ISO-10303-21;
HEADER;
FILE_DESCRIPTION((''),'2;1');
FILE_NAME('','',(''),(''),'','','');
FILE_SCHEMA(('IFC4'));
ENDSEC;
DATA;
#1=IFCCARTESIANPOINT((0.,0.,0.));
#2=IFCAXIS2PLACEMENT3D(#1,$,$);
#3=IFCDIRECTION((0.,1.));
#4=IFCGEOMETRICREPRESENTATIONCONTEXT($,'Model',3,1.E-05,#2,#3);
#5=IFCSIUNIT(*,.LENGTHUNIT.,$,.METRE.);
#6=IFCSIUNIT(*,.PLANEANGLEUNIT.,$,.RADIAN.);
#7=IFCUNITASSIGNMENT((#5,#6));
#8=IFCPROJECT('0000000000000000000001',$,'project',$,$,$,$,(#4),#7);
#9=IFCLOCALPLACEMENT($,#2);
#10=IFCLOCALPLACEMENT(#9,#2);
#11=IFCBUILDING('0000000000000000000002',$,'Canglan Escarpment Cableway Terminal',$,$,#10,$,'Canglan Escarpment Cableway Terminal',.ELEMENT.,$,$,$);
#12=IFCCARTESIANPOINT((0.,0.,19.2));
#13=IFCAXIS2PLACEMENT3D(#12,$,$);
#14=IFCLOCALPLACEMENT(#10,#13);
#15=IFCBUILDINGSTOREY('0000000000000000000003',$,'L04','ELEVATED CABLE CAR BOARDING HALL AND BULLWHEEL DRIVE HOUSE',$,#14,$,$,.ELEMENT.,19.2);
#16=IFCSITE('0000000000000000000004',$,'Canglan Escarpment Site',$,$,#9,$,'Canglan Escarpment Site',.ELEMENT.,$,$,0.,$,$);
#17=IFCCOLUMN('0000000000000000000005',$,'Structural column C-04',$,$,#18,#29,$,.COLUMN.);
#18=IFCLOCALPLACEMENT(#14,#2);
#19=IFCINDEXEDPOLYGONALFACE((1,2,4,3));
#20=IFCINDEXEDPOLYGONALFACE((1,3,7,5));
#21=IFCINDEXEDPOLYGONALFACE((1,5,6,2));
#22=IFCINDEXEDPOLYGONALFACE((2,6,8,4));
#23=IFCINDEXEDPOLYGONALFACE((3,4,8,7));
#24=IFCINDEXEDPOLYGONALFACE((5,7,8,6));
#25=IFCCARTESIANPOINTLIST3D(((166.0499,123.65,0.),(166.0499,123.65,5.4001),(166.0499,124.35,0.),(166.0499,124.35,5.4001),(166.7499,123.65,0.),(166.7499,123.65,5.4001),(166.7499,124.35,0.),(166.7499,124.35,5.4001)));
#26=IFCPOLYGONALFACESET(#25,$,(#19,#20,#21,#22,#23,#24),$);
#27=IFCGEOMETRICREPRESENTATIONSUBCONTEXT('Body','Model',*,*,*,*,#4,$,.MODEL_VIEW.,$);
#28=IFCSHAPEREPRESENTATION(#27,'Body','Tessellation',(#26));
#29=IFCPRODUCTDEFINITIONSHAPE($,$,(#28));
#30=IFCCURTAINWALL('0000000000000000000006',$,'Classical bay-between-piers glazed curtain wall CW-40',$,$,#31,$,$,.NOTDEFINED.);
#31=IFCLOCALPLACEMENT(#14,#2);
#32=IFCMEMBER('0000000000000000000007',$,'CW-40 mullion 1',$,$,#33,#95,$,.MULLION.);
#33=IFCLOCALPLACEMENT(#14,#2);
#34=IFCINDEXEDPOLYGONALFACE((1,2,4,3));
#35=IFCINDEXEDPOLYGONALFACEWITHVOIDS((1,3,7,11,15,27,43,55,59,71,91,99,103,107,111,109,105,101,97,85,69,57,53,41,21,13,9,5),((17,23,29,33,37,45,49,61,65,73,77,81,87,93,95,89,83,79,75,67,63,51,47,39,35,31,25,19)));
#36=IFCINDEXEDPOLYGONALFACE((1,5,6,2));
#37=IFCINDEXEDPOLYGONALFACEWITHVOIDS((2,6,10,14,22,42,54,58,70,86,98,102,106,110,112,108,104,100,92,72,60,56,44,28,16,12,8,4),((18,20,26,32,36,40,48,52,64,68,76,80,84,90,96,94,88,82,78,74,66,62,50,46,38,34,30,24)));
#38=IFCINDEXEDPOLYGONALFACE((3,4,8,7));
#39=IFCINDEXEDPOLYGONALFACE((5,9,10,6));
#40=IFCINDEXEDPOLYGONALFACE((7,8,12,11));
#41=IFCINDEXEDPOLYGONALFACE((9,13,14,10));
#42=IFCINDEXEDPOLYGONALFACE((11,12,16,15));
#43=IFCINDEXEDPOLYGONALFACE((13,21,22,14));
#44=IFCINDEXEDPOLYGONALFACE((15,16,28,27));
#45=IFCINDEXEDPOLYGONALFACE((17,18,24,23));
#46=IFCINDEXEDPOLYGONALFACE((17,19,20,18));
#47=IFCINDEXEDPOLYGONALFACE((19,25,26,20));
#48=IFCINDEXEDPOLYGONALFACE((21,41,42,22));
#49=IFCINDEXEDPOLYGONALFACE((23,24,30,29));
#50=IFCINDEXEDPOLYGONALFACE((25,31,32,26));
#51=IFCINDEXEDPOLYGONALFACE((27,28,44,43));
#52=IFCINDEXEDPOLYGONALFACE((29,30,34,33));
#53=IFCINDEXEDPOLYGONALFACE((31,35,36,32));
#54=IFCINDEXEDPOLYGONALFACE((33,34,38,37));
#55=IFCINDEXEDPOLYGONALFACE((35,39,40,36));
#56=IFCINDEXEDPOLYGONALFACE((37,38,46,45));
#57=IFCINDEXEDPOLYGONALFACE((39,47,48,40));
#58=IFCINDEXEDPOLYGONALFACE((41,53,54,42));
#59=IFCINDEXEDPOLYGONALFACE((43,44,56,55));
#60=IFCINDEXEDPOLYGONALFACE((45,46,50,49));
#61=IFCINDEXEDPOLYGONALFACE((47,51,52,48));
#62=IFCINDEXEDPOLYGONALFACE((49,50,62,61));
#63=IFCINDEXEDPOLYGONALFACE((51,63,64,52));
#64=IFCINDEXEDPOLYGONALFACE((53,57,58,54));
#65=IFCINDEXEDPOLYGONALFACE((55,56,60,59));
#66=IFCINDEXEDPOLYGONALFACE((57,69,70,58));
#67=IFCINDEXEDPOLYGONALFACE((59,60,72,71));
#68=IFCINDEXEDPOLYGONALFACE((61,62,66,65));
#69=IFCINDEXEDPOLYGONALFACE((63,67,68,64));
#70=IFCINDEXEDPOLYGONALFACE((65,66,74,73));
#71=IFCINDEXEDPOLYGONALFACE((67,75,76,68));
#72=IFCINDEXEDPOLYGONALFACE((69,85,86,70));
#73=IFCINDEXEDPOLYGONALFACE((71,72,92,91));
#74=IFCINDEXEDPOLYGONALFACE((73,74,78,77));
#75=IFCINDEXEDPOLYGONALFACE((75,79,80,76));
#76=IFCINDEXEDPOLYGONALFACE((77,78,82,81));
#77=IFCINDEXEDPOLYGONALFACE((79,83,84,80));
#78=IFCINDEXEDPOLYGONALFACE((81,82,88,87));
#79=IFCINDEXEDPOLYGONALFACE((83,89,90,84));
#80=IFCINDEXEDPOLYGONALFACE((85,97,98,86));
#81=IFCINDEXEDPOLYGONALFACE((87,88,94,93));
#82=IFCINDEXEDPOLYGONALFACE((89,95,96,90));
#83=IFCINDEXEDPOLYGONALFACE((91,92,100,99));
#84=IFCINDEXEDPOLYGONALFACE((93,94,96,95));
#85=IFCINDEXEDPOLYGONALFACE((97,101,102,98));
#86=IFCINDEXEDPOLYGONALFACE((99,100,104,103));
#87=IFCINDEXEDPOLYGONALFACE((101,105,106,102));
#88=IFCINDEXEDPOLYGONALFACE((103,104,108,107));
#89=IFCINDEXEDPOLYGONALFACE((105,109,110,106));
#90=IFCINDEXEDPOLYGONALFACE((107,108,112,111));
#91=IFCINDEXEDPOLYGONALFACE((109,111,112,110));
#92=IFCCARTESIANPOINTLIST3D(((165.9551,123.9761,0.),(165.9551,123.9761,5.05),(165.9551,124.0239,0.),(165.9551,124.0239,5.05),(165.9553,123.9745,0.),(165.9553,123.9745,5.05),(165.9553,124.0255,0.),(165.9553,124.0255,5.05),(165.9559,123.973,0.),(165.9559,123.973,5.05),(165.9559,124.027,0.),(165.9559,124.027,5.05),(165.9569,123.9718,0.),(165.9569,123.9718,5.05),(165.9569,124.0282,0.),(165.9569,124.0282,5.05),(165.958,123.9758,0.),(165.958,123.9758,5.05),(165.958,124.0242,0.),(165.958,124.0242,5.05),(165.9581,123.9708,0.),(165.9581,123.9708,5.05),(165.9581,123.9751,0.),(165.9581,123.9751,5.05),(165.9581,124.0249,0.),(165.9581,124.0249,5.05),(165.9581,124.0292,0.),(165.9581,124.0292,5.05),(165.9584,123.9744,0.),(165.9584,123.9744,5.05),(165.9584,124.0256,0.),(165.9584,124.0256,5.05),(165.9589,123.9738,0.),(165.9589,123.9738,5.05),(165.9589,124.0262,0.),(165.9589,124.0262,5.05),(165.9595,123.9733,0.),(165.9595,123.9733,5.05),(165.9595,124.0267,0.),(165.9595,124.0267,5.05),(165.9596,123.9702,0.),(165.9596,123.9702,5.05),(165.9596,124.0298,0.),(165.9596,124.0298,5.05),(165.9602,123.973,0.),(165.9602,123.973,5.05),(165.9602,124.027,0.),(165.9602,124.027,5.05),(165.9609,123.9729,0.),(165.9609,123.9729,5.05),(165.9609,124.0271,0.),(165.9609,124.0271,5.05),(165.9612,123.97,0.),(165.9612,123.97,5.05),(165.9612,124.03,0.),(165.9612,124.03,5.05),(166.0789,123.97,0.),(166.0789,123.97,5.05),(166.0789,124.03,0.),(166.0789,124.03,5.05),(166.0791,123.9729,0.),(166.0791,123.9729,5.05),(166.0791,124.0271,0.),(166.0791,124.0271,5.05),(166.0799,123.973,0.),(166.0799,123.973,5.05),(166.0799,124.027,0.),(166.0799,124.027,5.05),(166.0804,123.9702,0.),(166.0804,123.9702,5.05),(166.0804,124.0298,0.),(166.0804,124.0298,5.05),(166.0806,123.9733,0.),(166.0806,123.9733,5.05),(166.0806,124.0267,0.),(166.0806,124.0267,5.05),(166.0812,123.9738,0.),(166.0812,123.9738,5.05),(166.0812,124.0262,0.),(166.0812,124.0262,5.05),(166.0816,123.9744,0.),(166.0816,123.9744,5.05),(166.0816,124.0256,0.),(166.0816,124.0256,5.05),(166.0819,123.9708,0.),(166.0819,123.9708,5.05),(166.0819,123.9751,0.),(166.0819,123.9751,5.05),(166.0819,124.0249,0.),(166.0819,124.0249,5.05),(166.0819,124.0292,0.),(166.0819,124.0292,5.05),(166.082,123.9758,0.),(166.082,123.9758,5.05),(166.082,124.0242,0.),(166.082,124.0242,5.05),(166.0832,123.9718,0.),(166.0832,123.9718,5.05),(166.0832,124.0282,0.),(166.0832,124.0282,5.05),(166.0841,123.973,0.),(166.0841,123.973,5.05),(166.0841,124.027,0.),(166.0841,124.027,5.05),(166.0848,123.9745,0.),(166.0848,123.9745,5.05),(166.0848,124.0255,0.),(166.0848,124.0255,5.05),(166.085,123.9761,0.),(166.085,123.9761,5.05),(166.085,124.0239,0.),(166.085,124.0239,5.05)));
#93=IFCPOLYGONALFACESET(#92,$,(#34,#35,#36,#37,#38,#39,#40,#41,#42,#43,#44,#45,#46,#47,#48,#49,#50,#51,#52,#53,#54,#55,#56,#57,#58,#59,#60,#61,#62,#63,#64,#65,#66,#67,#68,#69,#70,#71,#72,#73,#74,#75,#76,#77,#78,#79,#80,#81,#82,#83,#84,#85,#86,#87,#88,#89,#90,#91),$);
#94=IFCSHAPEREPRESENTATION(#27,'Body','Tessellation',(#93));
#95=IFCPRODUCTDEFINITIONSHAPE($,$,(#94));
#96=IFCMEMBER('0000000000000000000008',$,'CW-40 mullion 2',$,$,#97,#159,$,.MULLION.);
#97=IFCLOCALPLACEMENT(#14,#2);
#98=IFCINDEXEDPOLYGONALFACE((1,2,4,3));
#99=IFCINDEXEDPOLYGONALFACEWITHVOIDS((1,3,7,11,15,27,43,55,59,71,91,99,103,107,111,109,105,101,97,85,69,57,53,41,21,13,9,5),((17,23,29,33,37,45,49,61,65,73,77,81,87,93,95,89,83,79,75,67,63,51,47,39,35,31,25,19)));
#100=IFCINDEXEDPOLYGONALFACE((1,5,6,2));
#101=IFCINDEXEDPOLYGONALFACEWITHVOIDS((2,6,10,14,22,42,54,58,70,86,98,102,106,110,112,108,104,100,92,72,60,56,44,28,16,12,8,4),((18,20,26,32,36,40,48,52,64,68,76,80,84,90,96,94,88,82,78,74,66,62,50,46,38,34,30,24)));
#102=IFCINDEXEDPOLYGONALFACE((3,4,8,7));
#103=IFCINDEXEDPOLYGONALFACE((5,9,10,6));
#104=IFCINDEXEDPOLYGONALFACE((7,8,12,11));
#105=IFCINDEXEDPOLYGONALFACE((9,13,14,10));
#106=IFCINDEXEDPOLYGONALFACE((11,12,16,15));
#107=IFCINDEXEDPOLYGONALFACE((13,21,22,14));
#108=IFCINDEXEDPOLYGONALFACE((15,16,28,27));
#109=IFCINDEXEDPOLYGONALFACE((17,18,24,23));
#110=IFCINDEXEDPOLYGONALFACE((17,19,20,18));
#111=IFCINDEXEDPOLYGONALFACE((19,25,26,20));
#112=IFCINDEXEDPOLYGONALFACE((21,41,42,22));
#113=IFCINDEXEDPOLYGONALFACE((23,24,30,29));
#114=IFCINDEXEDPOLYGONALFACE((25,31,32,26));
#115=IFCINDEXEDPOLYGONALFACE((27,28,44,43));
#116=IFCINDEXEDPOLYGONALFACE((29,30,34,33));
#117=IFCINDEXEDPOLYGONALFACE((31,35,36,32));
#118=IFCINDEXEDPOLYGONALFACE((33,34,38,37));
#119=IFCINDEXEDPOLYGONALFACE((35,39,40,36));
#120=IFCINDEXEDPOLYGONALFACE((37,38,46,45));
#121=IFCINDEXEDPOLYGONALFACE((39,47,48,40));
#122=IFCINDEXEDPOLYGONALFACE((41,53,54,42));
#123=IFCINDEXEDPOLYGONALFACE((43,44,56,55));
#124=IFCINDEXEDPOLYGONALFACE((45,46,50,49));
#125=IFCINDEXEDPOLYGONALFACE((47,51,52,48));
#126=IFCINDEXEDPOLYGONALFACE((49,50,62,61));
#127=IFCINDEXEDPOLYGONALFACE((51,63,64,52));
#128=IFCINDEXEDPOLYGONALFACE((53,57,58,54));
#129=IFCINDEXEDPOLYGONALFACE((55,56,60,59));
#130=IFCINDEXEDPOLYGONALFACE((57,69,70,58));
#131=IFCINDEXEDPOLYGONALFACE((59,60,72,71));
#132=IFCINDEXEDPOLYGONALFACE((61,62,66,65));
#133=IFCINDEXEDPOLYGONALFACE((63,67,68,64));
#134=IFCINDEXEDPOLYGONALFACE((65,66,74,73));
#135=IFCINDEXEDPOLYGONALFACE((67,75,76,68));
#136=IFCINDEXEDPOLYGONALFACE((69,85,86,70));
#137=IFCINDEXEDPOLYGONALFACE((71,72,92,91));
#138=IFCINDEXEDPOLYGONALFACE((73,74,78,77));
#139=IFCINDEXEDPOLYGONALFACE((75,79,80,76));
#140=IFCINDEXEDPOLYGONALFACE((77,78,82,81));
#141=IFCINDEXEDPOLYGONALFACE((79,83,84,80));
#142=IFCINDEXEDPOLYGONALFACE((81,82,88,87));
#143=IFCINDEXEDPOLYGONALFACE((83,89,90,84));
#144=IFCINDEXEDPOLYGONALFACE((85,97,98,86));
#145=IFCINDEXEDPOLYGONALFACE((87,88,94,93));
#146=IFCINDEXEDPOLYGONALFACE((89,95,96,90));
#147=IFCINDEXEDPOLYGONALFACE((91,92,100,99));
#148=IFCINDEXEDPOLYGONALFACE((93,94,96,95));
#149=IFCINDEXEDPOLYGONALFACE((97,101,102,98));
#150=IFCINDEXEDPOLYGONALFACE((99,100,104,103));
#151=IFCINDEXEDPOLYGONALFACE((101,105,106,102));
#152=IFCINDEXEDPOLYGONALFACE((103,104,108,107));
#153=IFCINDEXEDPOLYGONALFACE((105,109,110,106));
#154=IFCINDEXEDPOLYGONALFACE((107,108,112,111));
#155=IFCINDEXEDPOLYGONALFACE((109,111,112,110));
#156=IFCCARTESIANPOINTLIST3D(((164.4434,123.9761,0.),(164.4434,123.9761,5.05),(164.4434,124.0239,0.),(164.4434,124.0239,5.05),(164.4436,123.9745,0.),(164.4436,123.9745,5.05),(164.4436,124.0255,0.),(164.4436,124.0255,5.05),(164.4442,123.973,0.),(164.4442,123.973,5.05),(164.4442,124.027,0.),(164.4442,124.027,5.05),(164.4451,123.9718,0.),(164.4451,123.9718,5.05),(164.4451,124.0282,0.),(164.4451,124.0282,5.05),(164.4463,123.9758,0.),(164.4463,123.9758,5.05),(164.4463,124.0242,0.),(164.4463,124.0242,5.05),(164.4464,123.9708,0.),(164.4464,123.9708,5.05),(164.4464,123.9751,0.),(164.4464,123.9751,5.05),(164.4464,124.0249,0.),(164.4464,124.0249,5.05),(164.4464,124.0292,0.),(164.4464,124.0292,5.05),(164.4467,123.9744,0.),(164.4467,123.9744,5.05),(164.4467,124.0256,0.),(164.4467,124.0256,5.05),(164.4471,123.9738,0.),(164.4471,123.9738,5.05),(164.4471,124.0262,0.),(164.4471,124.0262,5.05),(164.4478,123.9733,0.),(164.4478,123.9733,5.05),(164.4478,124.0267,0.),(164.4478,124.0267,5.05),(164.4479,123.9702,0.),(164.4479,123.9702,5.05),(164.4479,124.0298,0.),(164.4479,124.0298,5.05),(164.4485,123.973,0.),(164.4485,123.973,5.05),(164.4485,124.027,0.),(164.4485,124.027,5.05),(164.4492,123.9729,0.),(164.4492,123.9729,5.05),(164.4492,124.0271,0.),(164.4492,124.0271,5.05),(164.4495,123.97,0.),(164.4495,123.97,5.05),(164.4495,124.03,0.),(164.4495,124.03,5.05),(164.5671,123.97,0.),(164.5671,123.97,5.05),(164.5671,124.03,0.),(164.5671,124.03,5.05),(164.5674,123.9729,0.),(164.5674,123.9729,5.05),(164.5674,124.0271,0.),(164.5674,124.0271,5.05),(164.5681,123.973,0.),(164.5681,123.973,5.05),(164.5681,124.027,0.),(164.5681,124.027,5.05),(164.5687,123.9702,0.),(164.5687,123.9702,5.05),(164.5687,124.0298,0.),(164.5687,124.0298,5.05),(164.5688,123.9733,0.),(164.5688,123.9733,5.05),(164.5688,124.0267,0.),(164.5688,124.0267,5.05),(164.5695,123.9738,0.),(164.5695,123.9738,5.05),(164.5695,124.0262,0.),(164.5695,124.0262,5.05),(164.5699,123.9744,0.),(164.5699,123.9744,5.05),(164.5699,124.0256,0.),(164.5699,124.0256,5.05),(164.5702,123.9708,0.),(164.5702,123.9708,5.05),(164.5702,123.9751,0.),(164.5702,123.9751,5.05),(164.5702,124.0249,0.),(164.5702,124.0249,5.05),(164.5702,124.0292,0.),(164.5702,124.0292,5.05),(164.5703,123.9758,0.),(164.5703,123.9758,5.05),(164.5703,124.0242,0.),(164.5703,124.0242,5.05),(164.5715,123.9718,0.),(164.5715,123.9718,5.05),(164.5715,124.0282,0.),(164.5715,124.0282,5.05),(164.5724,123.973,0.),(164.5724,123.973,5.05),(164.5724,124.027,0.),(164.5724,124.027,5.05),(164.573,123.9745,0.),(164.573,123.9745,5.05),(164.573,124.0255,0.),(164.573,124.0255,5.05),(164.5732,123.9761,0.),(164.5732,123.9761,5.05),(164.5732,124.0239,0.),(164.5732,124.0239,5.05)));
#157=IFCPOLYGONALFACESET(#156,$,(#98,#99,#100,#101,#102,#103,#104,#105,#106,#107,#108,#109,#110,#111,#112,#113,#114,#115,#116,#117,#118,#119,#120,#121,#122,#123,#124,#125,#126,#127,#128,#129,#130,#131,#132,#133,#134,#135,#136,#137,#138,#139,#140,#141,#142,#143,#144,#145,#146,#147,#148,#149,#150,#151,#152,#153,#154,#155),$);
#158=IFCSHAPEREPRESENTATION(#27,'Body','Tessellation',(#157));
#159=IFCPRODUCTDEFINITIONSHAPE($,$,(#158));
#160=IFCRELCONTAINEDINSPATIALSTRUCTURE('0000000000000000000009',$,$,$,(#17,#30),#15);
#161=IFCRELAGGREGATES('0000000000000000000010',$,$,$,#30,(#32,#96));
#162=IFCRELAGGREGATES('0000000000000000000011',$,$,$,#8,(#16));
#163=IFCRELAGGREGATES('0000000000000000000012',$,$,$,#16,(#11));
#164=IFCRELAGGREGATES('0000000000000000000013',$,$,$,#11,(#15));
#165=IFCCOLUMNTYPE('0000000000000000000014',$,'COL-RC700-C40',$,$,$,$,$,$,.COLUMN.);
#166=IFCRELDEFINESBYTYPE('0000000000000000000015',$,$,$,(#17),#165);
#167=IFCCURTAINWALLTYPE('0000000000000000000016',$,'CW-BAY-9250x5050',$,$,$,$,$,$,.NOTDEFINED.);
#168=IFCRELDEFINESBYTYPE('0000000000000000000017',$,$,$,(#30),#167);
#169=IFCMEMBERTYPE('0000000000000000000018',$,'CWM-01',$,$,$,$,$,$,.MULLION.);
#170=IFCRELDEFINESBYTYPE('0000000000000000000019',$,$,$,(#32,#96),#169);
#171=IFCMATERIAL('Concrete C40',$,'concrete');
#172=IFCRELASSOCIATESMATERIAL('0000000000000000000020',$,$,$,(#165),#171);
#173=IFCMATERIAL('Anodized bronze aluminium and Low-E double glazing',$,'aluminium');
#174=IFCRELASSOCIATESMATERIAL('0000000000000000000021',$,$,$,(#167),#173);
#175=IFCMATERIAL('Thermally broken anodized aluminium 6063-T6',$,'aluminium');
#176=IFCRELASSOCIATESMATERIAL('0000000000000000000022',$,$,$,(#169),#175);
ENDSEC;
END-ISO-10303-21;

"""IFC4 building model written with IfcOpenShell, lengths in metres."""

from ifc_helpers import new_model, si_unit, direction, frame, origin, origin_2d, place, context, subcontext, project, spatial, rectangle, hollow_rectangle, extrude, material, material_profile, profile_set, type_object, element, aggregate, save


model = new_model("IFC4")

# Units and contexts
model_context = context("Model", 3, precision=1e-05, world=origin(), true_north=direction((0.0, 1.0)))
body_context = subcontext(model_context, "Body", "Model", "MODEL_VIEW")
ifc_project = project(units=[si_unit("LENGTHUNIT", "METRE"), si_unit("PLANEANGLEUNIT", "RADIAN")], contexts=[model_context])

# Site, building, storey
site_placement = place(None, origin())
site = spatial("IfcSite", under=ifc_project, at=site_placement, Name="Canglan Escarpment Site", LongName="Canglan Escarpment Site", CompositionType="ELEMENT", RefElevation=0.0)
building_placement = place(site_placement, origin())
building = spatial("IfcBuilding", under=site, at=building_placement, Name="Canglan Escarpment Cableway Terminal", LongName="Canglan Escarpment Cableway Terminal", CompositionType="ELEMENT")
storey_placement = place(building_placement, frame((0.0, 0.0, 19.2)))
storey = spatial("IfcBuildingStorey", under=building, at=storey_placement, Name="L04", Description="ELEVATED CABLE CAR BOARDING HALL AND BULLWHEEL DRIVE HOUSE", CompositionType="ELEMENT", Elevation=19.2)

# Column
ifc_material_1 = material(Name="Concrete C40", Category="concrete")
ifc_material_profile_1 = material_profile(ifc_material_1, rectangle(XDim=0.7, YDim=0.7, at=origin_2d()), Name="RC 700x700")
ifc_profile_set_1 = profile_set([ifc_material_profile_1], Name="Concrete C40")
column_type = type_object("IfcColumnType", Name="COL-RC700-C40", PredefinedType="COLUMN", material=ifc_profile_set_1)
column_placement = place(storey_placement, frame((166.3999, 124.0, 0.0), z_axis=(0.0, 0.0, 1.0), x_axis=(1.0, 0.0, 0.0)))
element("IfcColumn", 1, at=column_placement, inside=storey, type_object=column_type, Name="Structural column C-04", PredefinedType="COLUMN", context=body_context, shape_type="SweptSolid", body=[
    extrude(rectangle(XDim=0.7, YDim=0.7, at=origin_2d()), origin(), (0.0, 0.0, 1.0), 5.4001),
])

# Curtain wall, members
ifc_material_2 = material(Name="Anodized bronze aluminium and Low-E double glazing", Category="aluminium")
curtain_wall_type_1 = type_object("IfcCurtainWallType", Name="CW-BAY-9250x5050", PredefinedType="NOTDEFINED", material=ifc_material_2)
curtain_wall_1_placement = place(storey_placement, origin())
curtain_wall_1 = element("IfcCurtainWall", 2, at=curtain_wall_1_placement, inside=storey, type_object=curtain_wall_type_1, Name="Classical bay-between-piers glazed curtain wall CW-40", PredefinedType="NOTDEFINED")
ifc_material_3 = material(Name="Thermally broken anodized aluminium 6063-T6", Category="aluminium")
ifc_material_profile_2 = material_profile(ifc_material_3, hollow_rectangle(XDim=0.0601, YDim=0.1299, WallThickness=0.0029, InnerFilletRadius=0.0029, OuterFilletRadius=0.0061, at=origin_2d()), Name="ALU-MULL 60x130x3")
ifc_profile_set_2 = profile_set([ifc_material_profile_2], Name="Thermally broken anodized aluminium 6063-T6")
member_type_1 = type_object("IfcMemberType", Name="CWM-01", PredefinedType="MULLION", material=ifc_profile_set_2)
member_1_placement = place(storey_placement, frame((166.02, 124.0, 0.0), z_axis=(0.0, 0.0, 1.0), x_axis=(0.0, -1.0, 0.0)))
member_1 = element("IfcMember", 3, at=member_1_placement, type_object=member_type_1, Name="CW-40 mullion 1", PredefinedType="MULLION", context=body_context, shape_type="SweptSolid", body=[
    extrude(hollow_rectangle(XDim=0.0601, YDim=0.1299, WallThickness=0.0029, InnerFilletRadius=0.0029, OuterFilletRadius=0.0061, at=origin_2d()), origin(), (0.0, 0.0, 1.0), 5.05),
])
member_2_placement = place(storey_placement, frame((164.5083, 124.0, 0.0), z_axis=(0.0, 0.0, 1.0), x_axis=(0.0, -1.0, 0.0)))
member_2 = element("IfcMember", 4, at=member_2_placement, type_object=member_type_1, Name="CW-40 mullion 2", PredefinedType="MULLION", context=body_context, shape_type="SweptSolid", body=[
    extrude(hollow_rectangle(XDim=0.0601, YDim=0.1299, WallThickness=0.0029, InnerFilletRadius=0.0029, OuterFilletRadius=0.0061, at=origin_2d()), origin(), (0.0, 0.0, 1.0), 5.05),
])

aggregate(curtain_wall_1, [member_1, member_2])

save(model, "model.ifc")
